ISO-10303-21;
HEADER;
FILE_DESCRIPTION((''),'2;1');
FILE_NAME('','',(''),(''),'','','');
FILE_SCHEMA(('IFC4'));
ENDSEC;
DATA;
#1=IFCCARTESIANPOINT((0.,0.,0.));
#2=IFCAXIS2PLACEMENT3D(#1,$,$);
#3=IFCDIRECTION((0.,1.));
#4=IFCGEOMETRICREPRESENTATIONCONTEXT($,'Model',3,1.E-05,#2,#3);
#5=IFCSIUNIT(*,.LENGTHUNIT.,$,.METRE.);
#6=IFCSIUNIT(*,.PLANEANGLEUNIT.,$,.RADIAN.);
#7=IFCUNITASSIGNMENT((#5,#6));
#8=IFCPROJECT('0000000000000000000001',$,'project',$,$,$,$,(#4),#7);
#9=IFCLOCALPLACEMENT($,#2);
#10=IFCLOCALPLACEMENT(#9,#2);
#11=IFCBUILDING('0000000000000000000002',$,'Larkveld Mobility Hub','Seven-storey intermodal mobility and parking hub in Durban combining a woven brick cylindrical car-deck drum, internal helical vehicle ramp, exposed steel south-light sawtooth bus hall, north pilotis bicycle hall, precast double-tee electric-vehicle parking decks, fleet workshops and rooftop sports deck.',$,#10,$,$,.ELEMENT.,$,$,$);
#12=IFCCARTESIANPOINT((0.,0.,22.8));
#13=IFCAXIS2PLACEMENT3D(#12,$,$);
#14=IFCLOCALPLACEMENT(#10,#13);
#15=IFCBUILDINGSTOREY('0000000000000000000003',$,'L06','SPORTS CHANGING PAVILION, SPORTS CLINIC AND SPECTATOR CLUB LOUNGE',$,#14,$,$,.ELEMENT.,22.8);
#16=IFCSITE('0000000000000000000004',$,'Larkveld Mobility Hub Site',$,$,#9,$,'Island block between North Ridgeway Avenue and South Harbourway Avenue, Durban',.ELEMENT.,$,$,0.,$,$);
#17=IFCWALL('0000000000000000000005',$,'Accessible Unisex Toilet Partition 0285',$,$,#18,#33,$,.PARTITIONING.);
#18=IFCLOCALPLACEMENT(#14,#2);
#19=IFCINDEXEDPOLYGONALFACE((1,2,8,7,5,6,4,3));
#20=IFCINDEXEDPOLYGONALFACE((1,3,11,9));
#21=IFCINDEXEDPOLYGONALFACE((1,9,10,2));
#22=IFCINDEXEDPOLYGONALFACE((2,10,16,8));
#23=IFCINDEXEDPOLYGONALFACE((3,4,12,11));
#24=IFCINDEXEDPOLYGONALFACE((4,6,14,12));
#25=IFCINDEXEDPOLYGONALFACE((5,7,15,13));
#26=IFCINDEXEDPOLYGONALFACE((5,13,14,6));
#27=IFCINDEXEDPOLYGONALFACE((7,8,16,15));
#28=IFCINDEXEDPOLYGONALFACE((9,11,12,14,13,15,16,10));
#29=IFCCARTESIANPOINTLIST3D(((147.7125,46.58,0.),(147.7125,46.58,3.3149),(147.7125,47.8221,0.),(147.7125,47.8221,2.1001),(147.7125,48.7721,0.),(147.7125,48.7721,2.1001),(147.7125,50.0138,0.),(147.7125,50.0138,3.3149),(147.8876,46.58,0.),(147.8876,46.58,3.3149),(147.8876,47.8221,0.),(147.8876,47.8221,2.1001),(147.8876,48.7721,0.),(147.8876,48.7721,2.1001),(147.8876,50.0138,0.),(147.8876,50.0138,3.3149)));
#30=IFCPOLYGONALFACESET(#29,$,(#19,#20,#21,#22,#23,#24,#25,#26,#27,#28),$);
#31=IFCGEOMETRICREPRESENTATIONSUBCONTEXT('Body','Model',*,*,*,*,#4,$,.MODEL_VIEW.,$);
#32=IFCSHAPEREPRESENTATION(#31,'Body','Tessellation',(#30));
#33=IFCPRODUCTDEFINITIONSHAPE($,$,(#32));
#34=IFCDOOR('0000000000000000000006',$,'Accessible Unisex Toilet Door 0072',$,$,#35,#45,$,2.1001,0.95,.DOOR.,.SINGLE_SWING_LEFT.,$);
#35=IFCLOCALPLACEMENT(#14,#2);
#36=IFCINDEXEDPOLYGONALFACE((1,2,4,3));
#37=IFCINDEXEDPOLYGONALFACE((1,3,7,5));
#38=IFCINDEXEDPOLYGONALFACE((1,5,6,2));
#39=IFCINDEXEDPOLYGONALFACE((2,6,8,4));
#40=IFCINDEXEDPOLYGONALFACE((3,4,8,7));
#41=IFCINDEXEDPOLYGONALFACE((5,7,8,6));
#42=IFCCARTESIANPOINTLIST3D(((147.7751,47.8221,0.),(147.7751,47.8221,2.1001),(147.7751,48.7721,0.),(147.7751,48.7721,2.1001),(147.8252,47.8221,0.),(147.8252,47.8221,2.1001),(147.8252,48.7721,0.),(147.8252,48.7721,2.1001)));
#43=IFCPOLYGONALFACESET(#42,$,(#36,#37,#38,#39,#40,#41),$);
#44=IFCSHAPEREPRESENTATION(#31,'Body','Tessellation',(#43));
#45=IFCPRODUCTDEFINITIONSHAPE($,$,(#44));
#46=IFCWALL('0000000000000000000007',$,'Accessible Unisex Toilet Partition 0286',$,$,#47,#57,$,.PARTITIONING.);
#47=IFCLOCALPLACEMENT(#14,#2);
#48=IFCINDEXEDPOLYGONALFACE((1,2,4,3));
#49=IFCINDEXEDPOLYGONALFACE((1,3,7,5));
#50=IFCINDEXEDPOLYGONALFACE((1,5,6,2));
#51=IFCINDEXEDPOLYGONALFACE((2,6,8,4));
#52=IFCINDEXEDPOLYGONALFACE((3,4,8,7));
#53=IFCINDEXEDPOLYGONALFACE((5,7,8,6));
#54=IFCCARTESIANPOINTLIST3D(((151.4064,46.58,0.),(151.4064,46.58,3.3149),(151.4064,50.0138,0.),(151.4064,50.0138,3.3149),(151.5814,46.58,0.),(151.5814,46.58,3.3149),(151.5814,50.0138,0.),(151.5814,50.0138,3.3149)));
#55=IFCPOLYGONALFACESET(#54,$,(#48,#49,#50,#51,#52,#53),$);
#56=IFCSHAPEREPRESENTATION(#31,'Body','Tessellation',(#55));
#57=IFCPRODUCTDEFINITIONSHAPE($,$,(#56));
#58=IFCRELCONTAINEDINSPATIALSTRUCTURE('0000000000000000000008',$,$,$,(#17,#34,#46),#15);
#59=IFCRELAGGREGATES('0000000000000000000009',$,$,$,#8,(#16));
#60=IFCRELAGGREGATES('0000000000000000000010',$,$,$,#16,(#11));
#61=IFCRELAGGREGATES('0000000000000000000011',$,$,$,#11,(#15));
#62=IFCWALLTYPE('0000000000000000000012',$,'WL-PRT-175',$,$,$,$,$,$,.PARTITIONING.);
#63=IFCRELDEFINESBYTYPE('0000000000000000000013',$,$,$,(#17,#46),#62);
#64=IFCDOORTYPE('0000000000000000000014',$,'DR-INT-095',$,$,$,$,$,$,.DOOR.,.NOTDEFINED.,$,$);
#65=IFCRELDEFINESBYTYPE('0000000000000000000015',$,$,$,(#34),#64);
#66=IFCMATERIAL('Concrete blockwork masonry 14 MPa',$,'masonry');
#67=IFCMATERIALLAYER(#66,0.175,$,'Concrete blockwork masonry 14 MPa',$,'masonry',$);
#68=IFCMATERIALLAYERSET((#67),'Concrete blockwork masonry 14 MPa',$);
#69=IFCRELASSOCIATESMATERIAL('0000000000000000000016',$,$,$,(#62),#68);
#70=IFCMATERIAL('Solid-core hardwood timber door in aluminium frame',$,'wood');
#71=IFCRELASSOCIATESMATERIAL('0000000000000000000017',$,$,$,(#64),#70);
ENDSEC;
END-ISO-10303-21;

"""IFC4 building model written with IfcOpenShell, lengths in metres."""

from ifc_helpers import new_model, si_unit, direction, frame, frame_2d, origin, place, context, subcontext, project, spatial, rectangle, extrude, material, layer, layer_set, type_object, element, fill, save


model = new_model("IFC4")

# Units and contexts
model_context = context("Model", 3, precision=1e-05, world=origin(), true_north=direction((0.0, 1.0)))
body_context = subcontext(model_context, "Body", "Model", "MODEL_VIEW")
ifc_project = project(units=[si_unit("LENGTHUNIT", "METRE"), si_unit("PLANEANGLEUNIT", "RADIAN")], contexts=[model_context])

# Site, building, storey
site_placement = place(None, origin())
site = spatial("IfcSite", under=ifc_project, at=site_placement, Name="Larkveld Mobility Hub Site", LongName="Island block between North Ridgeway Avenue and South Harbourway Avenue, Durban", CompositionType="ELEMENT", RefElevation=0.0)
building_placement = place(site_placement, origin())
building = spatial("IfcBuilding", under=site, at=building_placement, Name="Larkveld Mobility Hub", Description="Seven-storey intermodal mobility and parking hub in Durban combining a woven brick cylindrical car-deck drum, internal helical vehicle ramp, exposed steel south-light sawtooth bus hall, north pilotis bicycle hall, precast double-tee electric-vehicle parking decks, fleet workshops and rooftop sports deck.", CompositionType="ELEMENT")
storey_placement = place(building_placement, frame((0.0, 0.0, 22.8)))
storey = spatial("IfcBuildingStorey", under=building, at=storey_placement, Name="L06", Description="SPORTS CHANGING PAVILION, SPORTS CLINIC AND SPECTATOR CLUB LOUNGE", CompositionType="ELEMENT", Elevation=22.8)

# Shared definitions
ifc_material_1 = material(Name="Concrete blockwork masonry 14 MPa", Category="masonry")

# Shared definitions
ifc_material_2 = material(Name="Solid-core hardwood timber door in aluminium frame", Category="wood")

# Shared definitions
ifc_layer_1 = layer(ifc_material_1, 0.175, Name="Concrete blockwork masonry 14 MPa", Category="masonry")
ifc_layer_set_1 = layer_set([ifc_layer_1], Name="Concrete blockwork masonry 14 MPa")
wall_type_1 = type_object("IfcWallType", Name="WL-PRT-175", PredefinedType="PARTITIONING", material=ifc_layer_set_1)

# Wall, opening, door
wall_1_placement = place(storey_placement, frame((147.8, 46.5801, 0.0), z_axis=(0.0, 0.0, 1.0), x_axis=(0.0, 1.0, 0.0)))
wall_1 = element("IfcWall", 1, at=wall_1_placement, inside=storey, type_object=wall_type_1, Name="Accessible Unisex Toilet Partition 0285", PredefinedType="PARTITIONING", context=body_context, shape_type="SweptSolid", body=[
    extrude(rectangle(XDim=3.4338, YDim=0.175, at=frame_2d((1.7168, 0.0))), origin(), (0.0, 0.0, 1.0), 3.3149),
])
opening_1_placement = place(wall_1_placement, frame((1.2419, 0.0, 0.0)))
opening_1 = element("IfcOpeningElement", 2, at=opening_1_placement, cuts=wall_1, PredefinedType="OPENING", context=body_context, shape_type="SweptSolid", body=[
    extrude(rectangle(XDim=0.95, YDim=2.1001, at=frame_2d((0.4751, 1.05))), frame((0.0, 0.0977, 0.0), z_axis=(0.0, -1.0, 0.0), x_axis=(1.0, 0.0, 0.0)), (0.0, 0.0, 1.0), 0.1951),
])
door_type_1 = type_object("IfcDoorType", Name="DR-INT-095", OperationType="NOTDEFINED", PredefinedType="DOOR", material=ifc_material_2)
door_1_placement = place(opening_1_placement, origin())
door_1 = element("IfcDoor", 3, at=door_1_placement, inside=storey, type_object=door_type_1, Name="Accessible Unisex Toilet Door 0072", OperationType="SINGLE_SWING_LEFT", OverallHeight=2.1001, OverallWidth=0.95, PredefinedType="DOOR", context=body_context, shape_type="SweptSolid", body=[
    extrude(rectangle(XDim=0.95, YDim=2.1001, at=frame_2d((0.4751, 1.05))), frame((0.0, 0.0249, 0.0), z_axis=(0.0, -1.0, 0.0), x_axis=(1.0, 0.0, 0.0)), (0.0, 0.0, 1.0), 0.05),
])
fill(opening_1, door_1)

# Wall
wall_2_placement = place(storey_placement, frame((151.4939, 46.5801, 0.0), z_axis=(0.0, 0.0, 1.0), x_axis=(0.0, 1.0, 0.0)))
element("IfcWall", 4, at=wall_2_placement, inside=storey, type_object=wall_type_1, Name="Accessible Unisex Toilet Partition 0286", PredefinedType="PARTITIONING", context=body_context, shape_type="SweptSolid", body=[
    extrude(rectangle(XDim=3.4338, YDim=0.175, at=frame_2d((1.7168, 0.0))), origin(), (0.0, 0.0, 1.0), 3.3149),
])

save(model, "model.ifc")
